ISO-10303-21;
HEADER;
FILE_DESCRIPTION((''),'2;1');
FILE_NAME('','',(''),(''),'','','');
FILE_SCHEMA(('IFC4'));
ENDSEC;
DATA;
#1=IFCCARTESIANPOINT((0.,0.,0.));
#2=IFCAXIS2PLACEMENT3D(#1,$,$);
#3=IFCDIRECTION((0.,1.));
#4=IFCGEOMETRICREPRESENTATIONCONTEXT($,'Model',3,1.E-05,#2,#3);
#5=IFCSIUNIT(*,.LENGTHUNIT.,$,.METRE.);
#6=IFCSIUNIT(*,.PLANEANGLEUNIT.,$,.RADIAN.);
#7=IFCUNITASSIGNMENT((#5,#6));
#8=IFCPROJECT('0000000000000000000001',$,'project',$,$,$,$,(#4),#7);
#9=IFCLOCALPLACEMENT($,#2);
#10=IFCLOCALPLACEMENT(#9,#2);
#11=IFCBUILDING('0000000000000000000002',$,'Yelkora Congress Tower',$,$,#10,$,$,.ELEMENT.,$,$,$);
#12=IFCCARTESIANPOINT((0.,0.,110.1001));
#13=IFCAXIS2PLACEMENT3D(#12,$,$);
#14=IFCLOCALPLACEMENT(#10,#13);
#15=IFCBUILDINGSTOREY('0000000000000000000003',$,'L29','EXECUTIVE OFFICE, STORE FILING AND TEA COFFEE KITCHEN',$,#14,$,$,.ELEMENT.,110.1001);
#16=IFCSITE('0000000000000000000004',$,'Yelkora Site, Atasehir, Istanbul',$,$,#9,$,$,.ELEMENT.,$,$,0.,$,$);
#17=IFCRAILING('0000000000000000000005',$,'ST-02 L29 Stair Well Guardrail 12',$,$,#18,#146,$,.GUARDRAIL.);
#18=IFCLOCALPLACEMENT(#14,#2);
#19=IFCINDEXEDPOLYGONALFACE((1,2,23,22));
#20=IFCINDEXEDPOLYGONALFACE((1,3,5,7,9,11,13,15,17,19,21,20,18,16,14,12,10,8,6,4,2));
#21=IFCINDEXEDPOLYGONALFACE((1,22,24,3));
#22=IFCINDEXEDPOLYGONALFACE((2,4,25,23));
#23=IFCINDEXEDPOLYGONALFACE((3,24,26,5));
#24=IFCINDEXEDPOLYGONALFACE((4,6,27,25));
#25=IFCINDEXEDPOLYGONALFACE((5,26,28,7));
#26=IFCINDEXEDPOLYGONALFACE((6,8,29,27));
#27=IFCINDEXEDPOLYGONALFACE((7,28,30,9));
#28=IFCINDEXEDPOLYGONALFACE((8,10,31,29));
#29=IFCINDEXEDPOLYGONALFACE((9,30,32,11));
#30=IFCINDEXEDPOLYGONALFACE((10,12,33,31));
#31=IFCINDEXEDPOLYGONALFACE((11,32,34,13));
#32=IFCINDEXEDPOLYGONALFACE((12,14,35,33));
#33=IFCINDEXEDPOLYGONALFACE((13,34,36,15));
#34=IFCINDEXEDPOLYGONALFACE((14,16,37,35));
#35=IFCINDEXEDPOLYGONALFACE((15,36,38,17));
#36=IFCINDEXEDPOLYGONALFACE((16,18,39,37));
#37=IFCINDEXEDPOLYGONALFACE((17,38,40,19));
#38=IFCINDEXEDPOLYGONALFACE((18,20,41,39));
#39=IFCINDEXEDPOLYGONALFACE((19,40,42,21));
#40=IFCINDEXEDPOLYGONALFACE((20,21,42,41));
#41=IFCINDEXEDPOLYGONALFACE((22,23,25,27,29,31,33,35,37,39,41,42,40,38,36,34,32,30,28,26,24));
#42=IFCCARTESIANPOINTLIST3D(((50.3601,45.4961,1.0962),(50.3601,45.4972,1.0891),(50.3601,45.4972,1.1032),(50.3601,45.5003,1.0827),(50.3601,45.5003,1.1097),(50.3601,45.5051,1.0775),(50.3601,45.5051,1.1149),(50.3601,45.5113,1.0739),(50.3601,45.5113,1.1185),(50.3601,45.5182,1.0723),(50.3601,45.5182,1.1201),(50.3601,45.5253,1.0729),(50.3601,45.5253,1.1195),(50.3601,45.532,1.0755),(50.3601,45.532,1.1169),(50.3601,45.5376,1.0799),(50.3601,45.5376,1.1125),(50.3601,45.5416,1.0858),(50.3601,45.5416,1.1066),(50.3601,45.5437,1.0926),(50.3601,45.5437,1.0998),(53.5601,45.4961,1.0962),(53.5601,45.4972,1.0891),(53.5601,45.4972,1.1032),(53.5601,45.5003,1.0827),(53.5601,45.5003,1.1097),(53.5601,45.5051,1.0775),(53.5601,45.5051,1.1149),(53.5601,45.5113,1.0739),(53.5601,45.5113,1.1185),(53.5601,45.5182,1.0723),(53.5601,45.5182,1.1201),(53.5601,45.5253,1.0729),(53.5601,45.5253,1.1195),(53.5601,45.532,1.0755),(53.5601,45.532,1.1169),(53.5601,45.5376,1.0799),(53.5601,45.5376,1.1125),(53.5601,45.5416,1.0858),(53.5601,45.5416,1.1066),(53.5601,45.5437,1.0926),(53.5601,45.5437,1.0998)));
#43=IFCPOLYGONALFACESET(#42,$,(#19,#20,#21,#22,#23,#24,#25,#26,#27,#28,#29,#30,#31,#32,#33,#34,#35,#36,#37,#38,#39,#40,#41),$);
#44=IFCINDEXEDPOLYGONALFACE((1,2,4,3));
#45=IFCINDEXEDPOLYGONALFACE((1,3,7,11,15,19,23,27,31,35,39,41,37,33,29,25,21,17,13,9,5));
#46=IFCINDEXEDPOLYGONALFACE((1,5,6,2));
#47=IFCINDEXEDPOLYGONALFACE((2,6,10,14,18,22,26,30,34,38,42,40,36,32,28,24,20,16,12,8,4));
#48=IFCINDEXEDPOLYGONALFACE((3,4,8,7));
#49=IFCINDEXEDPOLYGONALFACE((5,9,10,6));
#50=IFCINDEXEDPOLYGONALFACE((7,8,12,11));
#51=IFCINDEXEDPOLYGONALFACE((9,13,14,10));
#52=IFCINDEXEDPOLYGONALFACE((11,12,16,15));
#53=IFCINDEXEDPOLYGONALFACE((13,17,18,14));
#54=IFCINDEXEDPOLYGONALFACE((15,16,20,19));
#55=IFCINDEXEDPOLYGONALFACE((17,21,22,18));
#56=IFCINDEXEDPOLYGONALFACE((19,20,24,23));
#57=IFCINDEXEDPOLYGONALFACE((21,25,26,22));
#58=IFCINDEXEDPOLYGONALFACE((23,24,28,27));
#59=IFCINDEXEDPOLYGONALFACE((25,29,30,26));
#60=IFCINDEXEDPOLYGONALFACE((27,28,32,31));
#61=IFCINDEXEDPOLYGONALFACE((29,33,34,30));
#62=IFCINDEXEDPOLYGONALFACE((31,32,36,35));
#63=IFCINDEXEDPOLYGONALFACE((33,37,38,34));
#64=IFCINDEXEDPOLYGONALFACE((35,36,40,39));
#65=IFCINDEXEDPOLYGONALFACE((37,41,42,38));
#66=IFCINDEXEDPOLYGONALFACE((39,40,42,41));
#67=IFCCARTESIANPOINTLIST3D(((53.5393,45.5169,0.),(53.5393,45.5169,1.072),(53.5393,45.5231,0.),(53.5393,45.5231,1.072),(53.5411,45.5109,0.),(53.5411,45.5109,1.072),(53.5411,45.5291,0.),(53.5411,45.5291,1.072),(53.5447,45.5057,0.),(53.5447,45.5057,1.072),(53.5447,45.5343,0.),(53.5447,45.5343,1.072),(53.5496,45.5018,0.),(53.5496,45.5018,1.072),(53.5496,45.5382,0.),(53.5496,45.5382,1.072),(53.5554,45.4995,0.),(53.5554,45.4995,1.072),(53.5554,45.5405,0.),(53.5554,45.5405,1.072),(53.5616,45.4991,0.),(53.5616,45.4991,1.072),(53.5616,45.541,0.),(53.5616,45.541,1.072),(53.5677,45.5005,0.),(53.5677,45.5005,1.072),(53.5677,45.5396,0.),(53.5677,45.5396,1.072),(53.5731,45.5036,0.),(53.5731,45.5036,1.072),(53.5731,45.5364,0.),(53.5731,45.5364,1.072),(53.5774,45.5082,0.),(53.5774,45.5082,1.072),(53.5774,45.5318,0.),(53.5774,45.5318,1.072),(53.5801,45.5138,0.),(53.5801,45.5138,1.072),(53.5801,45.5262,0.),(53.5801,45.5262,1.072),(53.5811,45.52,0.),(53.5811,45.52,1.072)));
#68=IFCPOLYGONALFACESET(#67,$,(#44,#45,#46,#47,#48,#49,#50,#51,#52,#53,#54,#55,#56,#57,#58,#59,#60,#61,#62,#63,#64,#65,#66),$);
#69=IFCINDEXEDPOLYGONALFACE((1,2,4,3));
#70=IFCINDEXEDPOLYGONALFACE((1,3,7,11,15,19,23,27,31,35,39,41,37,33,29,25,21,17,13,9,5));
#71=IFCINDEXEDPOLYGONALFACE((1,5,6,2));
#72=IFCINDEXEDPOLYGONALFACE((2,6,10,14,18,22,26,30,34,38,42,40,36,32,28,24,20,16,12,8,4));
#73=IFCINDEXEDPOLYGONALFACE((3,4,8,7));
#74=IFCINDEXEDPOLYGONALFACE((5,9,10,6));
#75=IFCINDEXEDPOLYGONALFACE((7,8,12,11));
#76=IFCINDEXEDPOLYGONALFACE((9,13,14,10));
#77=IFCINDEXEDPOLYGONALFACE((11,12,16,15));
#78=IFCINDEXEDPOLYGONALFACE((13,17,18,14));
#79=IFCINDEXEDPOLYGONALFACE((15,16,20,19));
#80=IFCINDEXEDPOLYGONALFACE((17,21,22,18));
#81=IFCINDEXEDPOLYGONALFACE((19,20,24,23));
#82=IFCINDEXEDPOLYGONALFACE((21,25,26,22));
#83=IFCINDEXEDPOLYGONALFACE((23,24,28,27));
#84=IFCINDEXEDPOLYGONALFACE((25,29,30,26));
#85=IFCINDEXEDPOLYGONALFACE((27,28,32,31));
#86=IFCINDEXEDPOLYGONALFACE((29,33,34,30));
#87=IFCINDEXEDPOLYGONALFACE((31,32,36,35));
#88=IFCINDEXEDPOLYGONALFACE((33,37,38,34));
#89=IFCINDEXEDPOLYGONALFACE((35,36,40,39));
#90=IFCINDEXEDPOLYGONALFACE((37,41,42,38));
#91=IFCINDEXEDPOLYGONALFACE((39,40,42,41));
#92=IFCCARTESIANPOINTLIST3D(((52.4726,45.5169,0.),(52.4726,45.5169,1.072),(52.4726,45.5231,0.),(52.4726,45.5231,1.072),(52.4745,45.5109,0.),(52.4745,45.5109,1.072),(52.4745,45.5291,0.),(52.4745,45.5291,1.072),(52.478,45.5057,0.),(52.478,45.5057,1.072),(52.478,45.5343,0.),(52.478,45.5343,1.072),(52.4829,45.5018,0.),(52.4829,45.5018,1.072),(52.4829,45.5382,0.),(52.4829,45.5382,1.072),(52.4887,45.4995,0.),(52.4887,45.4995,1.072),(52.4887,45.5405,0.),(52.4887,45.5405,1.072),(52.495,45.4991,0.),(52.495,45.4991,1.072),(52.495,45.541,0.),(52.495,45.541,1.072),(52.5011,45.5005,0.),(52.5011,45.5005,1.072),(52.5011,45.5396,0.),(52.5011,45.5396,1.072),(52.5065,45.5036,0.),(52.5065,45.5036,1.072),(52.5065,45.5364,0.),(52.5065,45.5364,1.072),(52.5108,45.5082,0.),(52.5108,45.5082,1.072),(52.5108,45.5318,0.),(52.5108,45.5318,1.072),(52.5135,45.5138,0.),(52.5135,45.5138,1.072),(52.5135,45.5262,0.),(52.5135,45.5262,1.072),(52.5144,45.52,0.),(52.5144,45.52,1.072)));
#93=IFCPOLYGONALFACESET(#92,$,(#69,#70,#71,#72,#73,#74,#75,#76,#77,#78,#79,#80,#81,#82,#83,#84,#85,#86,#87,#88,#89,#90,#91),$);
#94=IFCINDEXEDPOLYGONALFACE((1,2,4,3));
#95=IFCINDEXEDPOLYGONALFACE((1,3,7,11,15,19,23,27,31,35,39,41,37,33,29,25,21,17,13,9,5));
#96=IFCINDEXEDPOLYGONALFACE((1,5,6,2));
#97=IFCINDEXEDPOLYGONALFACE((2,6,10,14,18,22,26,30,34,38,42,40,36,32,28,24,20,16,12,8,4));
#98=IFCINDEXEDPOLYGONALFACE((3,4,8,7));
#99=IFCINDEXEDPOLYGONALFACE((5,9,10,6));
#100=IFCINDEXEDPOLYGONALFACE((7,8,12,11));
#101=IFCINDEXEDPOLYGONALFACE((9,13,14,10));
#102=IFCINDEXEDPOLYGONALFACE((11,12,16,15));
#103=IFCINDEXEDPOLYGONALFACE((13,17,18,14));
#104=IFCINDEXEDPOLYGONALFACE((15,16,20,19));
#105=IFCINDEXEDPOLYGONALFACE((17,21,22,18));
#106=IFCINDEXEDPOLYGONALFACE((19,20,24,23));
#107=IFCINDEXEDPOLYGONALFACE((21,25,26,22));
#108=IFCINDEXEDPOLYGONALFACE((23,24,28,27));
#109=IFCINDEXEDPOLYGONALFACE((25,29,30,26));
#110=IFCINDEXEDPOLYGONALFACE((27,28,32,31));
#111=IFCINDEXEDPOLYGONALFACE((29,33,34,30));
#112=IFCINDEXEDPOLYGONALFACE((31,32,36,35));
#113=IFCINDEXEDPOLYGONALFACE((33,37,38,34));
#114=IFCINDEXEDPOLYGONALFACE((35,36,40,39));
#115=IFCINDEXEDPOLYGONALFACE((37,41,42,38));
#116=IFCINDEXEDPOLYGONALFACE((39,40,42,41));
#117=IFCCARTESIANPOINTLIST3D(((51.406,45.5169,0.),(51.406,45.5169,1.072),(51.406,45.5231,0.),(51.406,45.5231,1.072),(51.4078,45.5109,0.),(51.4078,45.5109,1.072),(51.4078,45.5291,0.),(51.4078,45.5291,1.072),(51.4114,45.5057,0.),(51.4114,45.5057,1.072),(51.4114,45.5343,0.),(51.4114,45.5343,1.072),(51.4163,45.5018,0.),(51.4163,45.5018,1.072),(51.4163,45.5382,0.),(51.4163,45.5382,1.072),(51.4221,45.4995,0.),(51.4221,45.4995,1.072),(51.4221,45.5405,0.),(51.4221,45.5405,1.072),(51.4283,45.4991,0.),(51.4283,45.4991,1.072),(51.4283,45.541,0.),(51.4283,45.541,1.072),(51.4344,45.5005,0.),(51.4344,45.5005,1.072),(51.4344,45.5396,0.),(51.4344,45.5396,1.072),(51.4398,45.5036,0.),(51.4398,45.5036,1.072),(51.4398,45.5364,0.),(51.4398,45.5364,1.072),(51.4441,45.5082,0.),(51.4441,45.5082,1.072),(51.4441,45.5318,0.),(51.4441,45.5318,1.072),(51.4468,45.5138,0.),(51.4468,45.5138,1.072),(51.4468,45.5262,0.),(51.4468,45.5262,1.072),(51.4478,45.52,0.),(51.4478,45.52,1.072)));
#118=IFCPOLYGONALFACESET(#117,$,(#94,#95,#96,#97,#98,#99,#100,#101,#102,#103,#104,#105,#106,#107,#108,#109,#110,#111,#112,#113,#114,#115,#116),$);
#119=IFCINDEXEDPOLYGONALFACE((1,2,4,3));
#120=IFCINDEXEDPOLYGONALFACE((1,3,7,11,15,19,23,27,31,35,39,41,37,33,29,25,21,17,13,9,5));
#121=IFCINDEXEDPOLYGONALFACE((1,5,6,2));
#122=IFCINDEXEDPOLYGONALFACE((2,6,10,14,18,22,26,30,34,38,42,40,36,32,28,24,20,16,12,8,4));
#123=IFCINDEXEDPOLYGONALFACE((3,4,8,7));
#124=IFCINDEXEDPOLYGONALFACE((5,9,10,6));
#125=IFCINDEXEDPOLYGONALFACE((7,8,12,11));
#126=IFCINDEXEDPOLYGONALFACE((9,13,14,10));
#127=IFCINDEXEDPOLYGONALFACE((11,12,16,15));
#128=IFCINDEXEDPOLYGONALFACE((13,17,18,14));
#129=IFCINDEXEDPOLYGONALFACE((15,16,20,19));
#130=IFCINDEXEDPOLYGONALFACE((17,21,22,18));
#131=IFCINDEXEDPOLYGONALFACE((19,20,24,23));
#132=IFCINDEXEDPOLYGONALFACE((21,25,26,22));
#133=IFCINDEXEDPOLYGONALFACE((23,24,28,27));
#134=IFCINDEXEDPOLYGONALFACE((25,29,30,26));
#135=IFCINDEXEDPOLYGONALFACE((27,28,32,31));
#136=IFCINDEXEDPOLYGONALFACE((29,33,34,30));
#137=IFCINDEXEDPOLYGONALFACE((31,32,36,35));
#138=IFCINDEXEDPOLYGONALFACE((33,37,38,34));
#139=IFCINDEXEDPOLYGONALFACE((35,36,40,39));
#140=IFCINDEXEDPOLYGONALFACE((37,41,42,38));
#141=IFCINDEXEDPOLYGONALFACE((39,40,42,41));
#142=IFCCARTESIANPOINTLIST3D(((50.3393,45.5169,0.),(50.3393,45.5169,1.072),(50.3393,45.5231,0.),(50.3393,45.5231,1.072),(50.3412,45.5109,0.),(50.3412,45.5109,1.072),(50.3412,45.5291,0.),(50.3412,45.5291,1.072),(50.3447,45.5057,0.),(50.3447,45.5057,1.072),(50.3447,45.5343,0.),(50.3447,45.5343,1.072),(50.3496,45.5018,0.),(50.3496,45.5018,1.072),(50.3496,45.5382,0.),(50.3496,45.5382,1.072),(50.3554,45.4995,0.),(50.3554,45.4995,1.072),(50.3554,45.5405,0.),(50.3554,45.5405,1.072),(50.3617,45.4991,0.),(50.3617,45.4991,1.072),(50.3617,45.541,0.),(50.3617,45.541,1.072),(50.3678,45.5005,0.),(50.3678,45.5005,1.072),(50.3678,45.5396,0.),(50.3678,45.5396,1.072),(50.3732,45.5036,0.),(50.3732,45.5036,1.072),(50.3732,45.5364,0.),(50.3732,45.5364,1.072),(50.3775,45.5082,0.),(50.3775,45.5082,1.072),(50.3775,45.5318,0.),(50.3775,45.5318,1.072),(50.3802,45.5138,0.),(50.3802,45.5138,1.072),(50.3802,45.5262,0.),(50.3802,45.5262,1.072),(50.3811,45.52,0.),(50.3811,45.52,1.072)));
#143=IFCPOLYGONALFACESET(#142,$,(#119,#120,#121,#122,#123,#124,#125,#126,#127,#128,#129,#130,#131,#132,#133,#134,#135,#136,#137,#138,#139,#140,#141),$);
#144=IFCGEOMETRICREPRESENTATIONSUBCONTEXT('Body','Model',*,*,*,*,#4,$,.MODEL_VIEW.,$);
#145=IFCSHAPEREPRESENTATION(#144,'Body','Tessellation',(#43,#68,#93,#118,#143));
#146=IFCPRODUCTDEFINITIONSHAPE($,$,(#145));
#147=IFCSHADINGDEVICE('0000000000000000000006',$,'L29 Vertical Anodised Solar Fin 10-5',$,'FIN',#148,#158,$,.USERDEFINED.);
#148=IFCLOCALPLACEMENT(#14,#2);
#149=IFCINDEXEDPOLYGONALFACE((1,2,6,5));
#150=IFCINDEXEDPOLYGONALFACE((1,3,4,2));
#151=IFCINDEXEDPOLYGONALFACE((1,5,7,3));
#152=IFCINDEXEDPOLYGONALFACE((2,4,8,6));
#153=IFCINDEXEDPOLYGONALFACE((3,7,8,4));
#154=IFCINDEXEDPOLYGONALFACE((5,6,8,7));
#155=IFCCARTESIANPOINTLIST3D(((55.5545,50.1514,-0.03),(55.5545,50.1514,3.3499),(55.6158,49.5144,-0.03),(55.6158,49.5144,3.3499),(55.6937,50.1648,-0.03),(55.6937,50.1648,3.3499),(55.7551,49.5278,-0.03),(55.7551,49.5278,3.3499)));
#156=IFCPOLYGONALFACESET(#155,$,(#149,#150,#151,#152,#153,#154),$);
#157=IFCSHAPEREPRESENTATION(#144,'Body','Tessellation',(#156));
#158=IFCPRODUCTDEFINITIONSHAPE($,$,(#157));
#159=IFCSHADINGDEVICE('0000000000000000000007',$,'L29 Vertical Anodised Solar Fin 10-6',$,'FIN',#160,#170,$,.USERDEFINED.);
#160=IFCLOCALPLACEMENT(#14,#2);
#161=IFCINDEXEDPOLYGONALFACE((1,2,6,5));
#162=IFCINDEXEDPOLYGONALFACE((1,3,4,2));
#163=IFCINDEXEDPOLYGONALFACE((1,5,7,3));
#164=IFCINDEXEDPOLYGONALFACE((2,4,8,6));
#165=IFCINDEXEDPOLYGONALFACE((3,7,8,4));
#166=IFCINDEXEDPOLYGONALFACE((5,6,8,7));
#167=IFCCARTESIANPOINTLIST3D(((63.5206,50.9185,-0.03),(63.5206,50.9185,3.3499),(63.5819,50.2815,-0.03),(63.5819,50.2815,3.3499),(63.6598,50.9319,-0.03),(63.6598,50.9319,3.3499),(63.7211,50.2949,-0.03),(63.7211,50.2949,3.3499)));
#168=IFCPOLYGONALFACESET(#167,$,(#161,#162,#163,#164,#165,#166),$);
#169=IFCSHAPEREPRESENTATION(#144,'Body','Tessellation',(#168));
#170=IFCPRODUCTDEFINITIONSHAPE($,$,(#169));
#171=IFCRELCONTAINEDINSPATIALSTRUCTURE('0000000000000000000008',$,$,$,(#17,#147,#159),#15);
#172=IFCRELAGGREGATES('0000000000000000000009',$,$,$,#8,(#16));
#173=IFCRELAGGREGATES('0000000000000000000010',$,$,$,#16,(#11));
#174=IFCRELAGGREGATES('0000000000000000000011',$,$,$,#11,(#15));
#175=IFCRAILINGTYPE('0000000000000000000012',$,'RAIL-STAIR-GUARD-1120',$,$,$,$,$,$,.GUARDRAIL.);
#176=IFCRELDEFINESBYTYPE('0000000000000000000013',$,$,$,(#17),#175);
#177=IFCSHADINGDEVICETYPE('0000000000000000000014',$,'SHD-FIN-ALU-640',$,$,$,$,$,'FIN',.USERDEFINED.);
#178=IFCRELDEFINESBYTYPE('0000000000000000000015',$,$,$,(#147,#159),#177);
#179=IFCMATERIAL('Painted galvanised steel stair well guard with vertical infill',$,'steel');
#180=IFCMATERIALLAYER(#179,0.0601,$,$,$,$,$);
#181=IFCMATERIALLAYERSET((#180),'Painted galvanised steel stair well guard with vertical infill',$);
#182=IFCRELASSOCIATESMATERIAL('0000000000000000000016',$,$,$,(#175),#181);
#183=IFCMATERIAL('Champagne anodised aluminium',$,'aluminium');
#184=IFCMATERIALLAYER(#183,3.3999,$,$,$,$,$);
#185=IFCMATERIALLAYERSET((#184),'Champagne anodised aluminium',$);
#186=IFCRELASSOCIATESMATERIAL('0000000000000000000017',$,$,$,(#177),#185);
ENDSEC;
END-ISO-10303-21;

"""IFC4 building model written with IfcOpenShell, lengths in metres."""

from ifc_helpers import new_model, si_unit, direction, frame, origin, origin_2d, place, context, subcontext, project, spatial, rectangle, circle, extrude, material, layer, layer_set, type_object, element, save


model = new_model("IFC4")

# Units and contexts
model_context = context("Model", 3, precision=1e-05, world=origin(), true_north=direction((0.0, 1.0)))
body_context = subcontext(model_context, "Body", "Model", "MODEL_VIEW")
ifc_project = project(units=[si_unit("LENGTHUNIT", "METRE"), si_unit("PLANEANGLEUNIT", "RADIAN")], contexts=[model_context])

# Site, building, storey
site_placement = place(None, origin())
site = spatial("IfcSite", under=ifc_project, at=site_placement, Name="Yelkora Site, Atasehir, Istanbul", CompositionType="ELEMENT", RefElevation=0.0)
building_placement = place(site_placement, origin())
building = spatial("IfcBuilding", under=site, at=building_placement, Name="Yelkora Congress Tower", CompositionType="ELEMENT")
storey_placement = place(building_placement, frame((0.0, 0.0, 110.1001)))
storey = spatial("IfcBuildingStorey", under=building, at=storey_placement, Name="L29", Description="EXECUTIVE OFFICE, STORE FILING AND TEA COFFEE KITCHEN", CompositionType="ELEMENT", Elevation=110.1001)

# Railing
ifc_material_1 = material(Name="Painted galvanised steel stair well guard with vertical infill", Category="steel")
ifc_layer_1 = layer(ifc_material_1, 0.0601)
ifc_layer_set_1 = layer_set([ifc_layer_1], Name="Painted galvanised steel stair well guard with vertical infill")
railing_type = type_object("IfcRailingType", Name="RAIL-STAIR-GUARD-1120", PredefinedType="GUARDRAIL", material=ifc_layer_set_1)
railing_placement = place(storey_placement, frame((53.5601, 45.52, 0.0)))
element("IfcRailing", 1, at=railing_placement, inside=storey, type_object=railing_type, Name="ST-02 L29 Stair Well Guardrail 12", PredefinedType="GUARDRAIL", context=body_context, shape_type="SweptSolid", body=[
    extrude(circle(Radius=0.0239, at=origin_2d()), frame((0.0, 0.0, 1.0962), z_axis=(-1.0, 0.0, 0.0), x_axis=(0.0, -1.0, 0.0)), (0.0, 0.0, 1.0), 3.2),
    extrude(circle(Radius=0.021, at=origin_2d()), origin(), (0.0, 0.0, 1.0), 1.072),
    extrude(circle(Radius=0.021, at=origin_2d()), frame((-1.0667, 0.0, 0.0)), (0.0, 0.0, 1.0), 1.072),
    extrude(circle(Radius=0.021, at=origin_2d()), frame((-2.1333, 0.0, 0.0)), (0.0, 0.0, 1.0), 1.072),
    extrude(circle(Radius=0.021, at=origin_2d()), frame((-3.2, 0.0, 0.0)), (0.0, 0.0, 1.0), 1.072),
])

# Shading devices
ifc_material_2 = material(Name="Champagne anodised aluminium", Category="aluminium")
ifc_layer_2 = layer(ifc_material_2, 3.3999)
ifc_layer_set_2 = layer_set([ifc_layer_2], Name="Champagne anodised aluminium")
shading_device_type = type_object("IfcShadingDeviceType", Name="SHD-FIN-ALU-640", ElementType="FIN", PredefinedType="USERDEFINED", material=ifc_layer_set_2)
for number, where, z_axis, x_axis, name in (
    (2, (55.6548, 49.8396, -0.03), (0.0, 0.0, 1.0), (0.995396, 0.095846, 0.0), "L29 Vertical Anodised Solar Fin 10-5"),
    (3, (63.6208, 50.6067, -0.03), (0.0, 0.0, 1.0), (0.995396, 0.095846, 0.0), "L29 Vertical Anodised Solar Fin 10-6"),
):
    element("IfcShadingDevice", number, at=place(storey_placement, frame(where, z_axis=z_axis, x_axis=x_axis)), inside=storey, type_object=shading_device_type, Name=name, ObjectType="FIN", PredefinedType="USERDEFINED", context=body_context, shape_type="SweptSolid", body=[
        extrude(rectangle(XDim=0.1399, YDim=0.6399, at=origin_2d()), origin(), (0.0, 0.0, 1.0), 3.3799),
    ])

save(model, "model.ifc")
